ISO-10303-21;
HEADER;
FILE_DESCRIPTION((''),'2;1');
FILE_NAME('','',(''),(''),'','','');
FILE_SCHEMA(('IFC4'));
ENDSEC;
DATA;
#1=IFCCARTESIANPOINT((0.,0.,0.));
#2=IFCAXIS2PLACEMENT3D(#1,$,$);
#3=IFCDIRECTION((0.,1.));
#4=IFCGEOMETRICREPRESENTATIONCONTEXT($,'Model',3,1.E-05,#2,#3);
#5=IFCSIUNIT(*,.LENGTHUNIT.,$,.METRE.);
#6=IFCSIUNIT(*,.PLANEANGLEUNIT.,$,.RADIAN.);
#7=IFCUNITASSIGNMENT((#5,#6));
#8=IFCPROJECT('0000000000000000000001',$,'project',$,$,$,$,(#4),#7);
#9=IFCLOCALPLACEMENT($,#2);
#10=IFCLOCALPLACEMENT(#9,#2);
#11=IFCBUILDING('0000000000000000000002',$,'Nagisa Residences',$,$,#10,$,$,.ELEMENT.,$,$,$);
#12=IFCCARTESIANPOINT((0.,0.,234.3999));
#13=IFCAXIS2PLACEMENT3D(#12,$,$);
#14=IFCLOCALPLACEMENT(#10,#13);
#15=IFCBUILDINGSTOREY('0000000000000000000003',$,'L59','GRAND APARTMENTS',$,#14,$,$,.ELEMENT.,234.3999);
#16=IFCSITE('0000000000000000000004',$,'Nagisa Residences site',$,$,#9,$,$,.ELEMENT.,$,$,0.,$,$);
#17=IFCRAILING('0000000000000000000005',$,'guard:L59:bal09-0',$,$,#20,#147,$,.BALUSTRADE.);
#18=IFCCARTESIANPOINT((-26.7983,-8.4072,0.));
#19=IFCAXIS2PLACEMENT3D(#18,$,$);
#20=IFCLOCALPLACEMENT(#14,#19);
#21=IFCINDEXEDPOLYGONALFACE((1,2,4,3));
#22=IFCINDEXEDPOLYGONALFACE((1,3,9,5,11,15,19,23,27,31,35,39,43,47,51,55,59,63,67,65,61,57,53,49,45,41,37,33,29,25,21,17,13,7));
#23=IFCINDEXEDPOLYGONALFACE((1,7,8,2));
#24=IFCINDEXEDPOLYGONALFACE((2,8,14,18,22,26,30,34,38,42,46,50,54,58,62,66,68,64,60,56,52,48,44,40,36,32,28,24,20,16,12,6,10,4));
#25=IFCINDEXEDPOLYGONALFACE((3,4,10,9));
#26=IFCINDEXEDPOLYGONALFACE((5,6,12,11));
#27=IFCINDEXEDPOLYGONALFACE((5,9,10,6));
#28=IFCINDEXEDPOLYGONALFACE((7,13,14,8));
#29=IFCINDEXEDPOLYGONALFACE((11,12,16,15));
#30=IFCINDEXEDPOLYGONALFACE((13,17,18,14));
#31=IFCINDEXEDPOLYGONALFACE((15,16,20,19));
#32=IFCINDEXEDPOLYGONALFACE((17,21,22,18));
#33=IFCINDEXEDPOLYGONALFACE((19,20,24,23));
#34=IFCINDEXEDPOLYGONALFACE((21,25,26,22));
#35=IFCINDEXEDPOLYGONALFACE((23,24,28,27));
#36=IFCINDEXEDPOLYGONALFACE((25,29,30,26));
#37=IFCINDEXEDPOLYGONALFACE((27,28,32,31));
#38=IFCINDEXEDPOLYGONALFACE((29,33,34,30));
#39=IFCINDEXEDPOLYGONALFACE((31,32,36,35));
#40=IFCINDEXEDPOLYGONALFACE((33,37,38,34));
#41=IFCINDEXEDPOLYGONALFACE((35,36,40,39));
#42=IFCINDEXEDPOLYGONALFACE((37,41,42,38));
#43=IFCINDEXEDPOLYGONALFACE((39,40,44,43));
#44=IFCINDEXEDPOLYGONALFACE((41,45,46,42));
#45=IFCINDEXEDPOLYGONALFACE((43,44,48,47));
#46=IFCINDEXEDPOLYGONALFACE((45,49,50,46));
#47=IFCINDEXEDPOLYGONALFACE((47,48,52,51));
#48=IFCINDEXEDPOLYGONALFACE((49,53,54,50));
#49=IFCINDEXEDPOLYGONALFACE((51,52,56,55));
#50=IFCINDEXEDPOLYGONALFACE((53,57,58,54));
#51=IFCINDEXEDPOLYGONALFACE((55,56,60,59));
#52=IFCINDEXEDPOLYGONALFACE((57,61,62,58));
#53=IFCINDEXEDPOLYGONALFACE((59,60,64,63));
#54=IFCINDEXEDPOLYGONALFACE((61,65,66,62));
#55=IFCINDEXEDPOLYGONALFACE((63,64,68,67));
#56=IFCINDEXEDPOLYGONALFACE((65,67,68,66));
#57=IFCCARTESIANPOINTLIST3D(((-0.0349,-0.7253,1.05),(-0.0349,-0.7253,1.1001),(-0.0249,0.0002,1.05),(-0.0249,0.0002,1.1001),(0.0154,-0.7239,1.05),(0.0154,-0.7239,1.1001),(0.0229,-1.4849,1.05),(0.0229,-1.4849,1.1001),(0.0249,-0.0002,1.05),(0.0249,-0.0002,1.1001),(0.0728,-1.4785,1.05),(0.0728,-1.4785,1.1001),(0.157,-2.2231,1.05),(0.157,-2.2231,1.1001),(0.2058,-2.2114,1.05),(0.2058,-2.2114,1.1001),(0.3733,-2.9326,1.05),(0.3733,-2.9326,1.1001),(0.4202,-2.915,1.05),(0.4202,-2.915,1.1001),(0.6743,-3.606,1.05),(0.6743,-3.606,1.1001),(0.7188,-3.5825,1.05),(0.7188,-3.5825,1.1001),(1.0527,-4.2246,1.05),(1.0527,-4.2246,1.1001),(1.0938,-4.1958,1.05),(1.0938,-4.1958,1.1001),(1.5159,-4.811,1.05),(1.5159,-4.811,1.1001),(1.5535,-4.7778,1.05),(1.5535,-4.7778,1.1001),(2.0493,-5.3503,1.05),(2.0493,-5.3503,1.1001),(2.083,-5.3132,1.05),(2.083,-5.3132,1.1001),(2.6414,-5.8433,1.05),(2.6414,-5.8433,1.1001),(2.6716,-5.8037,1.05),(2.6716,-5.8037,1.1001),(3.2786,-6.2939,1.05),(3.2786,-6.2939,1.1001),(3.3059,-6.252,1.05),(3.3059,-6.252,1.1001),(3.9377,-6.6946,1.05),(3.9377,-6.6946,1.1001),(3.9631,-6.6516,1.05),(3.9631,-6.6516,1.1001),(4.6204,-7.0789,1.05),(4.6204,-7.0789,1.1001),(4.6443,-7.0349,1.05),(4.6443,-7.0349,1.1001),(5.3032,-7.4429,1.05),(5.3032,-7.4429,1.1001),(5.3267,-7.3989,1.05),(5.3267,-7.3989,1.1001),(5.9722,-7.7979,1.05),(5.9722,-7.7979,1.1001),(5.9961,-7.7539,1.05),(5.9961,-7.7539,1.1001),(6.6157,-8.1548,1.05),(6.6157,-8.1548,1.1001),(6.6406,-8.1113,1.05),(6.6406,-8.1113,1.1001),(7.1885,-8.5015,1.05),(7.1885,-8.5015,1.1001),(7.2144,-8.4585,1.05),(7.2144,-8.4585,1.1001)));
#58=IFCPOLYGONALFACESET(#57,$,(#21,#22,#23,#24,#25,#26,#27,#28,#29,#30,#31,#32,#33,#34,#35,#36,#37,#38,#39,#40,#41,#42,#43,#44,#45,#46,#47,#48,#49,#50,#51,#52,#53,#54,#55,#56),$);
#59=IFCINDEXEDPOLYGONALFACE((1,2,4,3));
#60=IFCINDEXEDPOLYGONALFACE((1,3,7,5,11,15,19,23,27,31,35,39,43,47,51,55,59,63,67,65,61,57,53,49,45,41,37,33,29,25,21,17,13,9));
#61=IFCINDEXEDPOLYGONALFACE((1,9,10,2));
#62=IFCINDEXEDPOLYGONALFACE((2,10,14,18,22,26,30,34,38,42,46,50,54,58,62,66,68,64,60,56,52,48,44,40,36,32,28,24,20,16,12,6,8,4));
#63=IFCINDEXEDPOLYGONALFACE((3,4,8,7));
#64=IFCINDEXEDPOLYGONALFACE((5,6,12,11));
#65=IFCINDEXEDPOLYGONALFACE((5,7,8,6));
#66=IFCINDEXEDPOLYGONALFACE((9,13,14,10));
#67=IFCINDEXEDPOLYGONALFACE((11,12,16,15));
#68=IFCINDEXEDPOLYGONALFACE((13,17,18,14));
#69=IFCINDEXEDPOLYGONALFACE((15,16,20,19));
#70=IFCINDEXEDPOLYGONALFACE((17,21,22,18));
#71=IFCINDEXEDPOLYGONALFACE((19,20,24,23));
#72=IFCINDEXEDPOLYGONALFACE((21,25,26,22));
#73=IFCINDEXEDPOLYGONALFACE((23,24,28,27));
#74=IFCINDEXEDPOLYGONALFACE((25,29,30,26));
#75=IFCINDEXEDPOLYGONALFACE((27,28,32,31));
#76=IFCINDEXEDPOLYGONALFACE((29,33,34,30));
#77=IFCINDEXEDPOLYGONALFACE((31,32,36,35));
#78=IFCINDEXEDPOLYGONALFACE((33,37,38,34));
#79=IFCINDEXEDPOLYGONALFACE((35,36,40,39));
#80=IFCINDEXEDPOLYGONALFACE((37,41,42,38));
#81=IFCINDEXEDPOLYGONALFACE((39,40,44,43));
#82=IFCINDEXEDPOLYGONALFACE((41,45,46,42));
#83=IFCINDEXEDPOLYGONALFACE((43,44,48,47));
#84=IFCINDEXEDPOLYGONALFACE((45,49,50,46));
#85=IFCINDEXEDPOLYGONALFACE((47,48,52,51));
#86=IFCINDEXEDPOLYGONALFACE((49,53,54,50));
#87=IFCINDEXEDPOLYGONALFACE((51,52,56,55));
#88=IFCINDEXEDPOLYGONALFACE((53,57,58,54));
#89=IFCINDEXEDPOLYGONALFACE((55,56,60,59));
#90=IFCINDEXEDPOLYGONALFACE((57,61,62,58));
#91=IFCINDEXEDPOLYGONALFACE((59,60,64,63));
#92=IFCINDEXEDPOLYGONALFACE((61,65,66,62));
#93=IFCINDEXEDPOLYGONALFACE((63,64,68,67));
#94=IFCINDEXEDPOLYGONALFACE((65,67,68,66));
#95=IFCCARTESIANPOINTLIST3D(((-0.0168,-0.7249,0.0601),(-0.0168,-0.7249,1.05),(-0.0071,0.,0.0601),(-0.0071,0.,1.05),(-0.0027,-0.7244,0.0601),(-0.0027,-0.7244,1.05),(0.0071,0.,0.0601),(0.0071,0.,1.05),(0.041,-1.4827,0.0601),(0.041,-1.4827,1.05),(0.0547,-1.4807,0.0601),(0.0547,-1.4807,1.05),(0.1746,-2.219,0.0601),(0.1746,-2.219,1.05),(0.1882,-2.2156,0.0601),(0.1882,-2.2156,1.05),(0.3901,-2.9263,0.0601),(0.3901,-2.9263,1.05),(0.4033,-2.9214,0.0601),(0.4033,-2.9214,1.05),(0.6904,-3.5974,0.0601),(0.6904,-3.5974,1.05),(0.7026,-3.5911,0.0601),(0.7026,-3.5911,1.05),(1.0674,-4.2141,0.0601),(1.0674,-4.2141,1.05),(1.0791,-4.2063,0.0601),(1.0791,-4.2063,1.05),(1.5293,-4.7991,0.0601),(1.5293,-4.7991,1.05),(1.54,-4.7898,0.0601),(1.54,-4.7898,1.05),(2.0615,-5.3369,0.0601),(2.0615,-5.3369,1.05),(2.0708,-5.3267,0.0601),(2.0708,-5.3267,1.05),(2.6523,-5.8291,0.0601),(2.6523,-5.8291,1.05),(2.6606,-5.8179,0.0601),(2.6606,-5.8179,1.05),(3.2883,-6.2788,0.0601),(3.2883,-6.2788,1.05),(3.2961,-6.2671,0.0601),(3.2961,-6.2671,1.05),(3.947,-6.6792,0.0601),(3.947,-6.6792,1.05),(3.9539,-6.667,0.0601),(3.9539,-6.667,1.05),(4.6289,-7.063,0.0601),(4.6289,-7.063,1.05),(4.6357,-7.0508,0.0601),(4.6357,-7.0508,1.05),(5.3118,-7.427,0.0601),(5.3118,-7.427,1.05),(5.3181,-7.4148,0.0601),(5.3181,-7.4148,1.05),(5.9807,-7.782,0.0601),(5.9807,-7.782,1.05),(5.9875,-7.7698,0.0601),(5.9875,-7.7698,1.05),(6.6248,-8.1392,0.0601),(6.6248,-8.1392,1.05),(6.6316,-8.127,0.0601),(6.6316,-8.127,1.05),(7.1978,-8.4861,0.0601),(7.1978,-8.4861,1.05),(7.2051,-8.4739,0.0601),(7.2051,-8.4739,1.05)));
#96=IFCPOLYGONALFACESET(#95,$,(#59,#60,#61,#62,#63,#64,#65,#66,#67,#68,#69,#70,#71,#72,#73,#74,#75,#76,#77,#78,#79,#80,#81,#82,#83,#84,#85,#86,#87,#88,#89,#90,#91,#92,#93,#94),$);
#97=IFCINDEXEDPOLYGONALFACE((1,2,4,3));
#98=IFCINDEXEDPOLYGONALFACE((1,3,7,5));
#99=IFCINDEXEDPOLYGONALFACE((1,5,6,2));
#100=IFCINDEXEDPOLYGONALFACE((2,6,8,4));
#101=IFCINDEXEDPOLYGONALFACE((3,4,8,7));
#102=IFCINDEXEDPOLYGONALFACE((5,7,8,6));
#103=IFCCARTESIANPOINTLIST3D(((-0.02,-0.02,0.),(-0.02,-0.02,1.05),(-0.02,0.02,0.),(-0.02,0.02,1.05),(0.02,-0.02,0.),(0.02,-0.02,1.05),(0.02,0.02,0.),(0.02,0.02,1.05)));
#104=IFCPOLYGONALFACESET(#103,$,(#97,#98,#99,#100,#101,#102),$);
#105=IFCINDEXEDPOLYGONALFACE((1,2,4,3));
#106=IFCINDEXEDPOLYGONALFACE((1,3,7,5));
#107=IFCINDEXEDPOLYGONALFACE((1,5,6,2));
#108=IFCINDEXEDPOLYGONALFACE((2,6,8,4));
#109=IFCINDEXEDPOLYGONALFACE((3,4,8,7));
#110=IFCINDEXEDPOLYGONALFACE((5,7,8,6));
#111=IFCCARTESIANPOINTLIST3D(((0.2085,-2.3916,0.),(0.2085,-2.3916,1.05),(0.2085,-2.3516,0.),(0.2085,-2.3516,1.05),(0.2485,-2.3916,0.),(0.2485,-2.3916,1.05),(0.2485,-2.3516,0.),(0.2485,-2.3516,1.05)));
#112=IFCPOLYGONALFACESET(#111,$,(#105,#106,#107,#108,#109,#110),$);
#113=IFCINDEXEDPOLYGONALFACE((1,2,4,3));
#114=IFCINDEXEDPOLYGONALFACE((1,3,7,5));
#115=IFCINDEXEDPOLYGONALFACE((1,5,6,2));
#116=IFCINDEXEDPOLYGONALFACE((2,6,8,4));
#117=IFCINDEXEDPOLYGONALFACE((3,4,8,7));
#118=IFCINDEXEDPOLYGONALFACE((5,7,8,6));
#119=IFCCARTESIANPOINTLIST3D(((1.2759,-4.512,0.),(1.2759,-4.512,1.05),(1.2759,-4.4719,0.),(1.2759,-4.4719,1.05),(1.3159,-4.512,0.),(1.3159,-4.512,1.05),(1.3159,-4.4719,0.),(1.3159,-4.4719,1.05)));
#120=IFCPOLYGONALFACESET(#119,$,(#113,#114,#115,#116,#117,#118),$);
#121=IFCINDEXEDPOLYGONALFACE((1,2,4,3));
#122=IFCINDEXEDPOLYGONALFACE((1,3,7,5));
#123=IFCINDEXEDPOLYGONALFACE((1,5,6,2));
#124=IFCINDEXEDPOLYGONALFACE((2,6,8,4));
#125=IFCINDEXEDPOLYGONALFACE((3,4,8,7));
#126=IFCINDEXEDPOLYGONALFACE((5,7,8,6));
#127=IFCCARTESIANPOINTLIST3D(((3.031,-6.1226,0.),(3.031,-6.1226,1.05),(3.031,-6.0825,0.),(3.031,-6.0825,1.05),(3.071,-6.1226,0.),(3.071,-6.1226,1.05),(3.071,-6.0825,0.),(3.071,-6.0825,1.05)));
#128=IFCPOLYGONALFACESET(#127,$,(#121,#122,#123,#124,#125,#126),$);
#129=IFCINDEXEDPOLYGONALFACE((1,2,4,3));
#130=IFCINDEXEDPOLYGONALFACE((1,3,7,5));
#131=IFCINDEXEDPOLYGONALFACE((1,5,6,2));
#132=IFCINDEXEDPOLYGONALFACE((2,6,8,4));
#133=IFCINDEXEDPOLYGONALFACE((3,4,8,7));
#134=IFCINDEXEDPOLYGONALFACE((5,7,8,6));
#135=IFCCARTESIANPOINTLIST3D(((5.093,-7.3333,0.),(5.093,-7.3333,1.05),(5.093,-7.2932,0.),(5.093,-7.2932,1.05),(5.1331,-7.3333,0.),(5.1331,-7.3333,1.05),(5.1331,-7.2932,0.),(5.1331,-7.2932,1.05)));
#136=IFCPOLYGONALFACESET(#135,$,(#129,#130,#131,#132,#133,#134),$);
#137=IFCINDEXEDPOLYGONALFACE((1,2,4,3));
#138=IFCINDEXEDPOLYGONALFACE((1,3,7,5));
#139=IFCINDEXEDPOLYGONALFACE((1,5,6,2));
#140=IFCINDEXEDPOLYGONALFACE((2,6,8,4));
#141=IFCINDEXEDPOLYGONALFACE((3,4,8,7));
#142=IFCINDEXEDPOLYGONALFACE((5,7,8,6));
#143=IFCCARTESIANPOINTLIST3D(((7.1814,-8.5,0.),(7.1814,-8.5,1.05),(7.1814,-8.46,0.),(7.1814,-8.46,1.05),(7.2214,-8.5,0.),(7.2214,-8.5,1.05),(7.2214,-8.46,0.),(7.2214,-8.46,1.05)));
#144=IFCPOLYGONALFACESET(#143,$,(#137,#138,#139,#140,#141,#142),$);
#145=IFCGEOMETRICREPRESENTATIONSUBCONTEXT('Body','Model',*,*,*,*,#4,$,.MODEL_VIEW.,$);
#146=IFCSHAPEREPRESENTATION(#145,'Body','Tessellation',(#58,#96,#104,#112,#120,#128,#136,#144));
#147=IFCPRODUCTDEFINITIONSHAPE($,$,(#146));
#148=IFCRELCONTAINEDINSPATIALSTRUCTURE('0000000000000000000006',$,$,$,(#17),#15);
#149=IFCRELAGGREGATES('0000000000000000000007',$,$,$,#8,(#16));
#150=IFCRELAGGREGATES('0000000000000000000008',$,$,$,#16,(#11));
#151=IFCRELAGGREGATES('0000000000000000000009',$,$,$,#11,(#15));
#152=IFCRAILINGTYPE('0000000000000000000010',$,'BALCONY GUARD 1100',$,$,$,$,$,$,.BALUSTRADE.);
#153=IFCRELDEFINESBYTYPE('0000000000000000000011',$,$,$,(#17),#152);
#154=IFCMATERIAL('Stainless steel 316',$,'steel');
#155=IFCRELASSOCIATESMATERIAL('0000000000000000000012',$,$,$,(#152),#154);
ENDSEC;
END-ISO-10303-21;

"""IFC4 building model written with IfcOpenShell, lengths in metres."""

from ifc_helpers import new_model, si_unit, direction, frame, origin, origin_2d, place, context, subcontext, project, spatial, polyline, rectangle, outline, extrude, material, type_object, element, save


model = new_model("IFC4")

# Units and contexts
model_context = context("Model", 3, precision=1e-05, world=origin(), true_north=direction((0.0, 1.0)))
body_context = subcontext(model_context, "Body", "Model", "MODEL_VIEW")
ifc_project = project(units=[si_unit("LENGTHUNIT", "METRE"), si_unit("PLANEANGLEUNIT", "RADIAN")], contexts=[model_context])

# Site, building, storey
site_placement = place(None, origin())
site = spatial("IfcSite", under=ifc_project, at=site_placement, Name="Nagisa Residences site", CompositionType="ELEMENT", RefElevation=0.0)
building_placement = place(site_placement, origin())
building = spatial("IfcBuilding", under=site, at=building_placement, Name="Nagisa Residences", CompositionType="ELEMENT")
storey_placement = place(building_placement, frame((0.0, 0.0, 234.3999)))
storey = spatial("IfcBuildingStorey", under=building, at=storey_placement, Name="L59", Description="GRAND APARTMENTS", CompositionType="ELEMENT", Elevation=234.3999)

# Railing
ifc_material_1 = material(Name="Stainless steel 316", Category="steel")
railing_type = type_object("IfcRailingType", Name="BALCONY GUARD 1100", PredefinedType="BALUSTRADE", material=ifc_material_1)
railing_placement = place(storey_placement, frame((-26.7983, -8.4072, 0.0)))
element("IfcRailing", 1, at=railing_placement, inside=storey, type_object=railing_type, Name="guard:L59:bal09-0", PredefinedType="BALUSTRADE", context=body_context, shape_type="SweptSolid", body=[
    extrude(outline(polyline([(0.0154, -0.7239), (0.0249, -0.0002), (-0.0249, 0.0002), (-0.0349, -0.7253), (0.0229, -1.4849), (0.157, -2.2231), (0.3733, -2.9326), (0.6743, -3.606), (1.0527, -4.2246), (1.5159, -4.811), (2.0493, -5.3503), (2.6414, -5.8433), (3.2786, -6.2939), (3.9377, -6.6946), (4.6204, -7.0789), (5.3032, -7.4429), (5.9722, -7.7979), (6.6157, -8.1548), (7.1885, -8.5015), (7.2144, -8.4585), (6.6406, -8.1113), (5.9961, -7.7539), (5.3267, -7.3989), (4.6443, -7.0349), (3.9631, -6.6516), (3.3059, -6.252), (2.6716, -5.8037), (2.083, -5.3132), (1.5535, -4.7778), (1.0938, -4.1958), (0.7188, -3.5825), (0.4202, -2.915), (0.2058, -2.2114), (0.0728, -1.4785), (0.0154, -0.7239)])), frame((0.0, 0.0, 1.05)), (0.0, 0.0, 1.0), 0.05),
    extrude(outline(polyline([(-0.0027, -0.7244), (0.0071, 0.0), (-0.0071, 0.0), (-0.0168, -0.7249), (0.041, -1.4827), (0.1746, -2.219), (0.3901, -2.9263), (0.6904, -3.5974), (1.0674, -4.2141), (1.5293, -4.7991), (2.0615, -5.3369), (2.6523, -5.8291), (3.2883, -6.2788), (3.947, -6.6792), (4.6289, -7.063), (5.3118, -7.427), (5.9807, -7.782), (6.6248, -8.1392), (7.1978, -8.4861), (7.2051, -8.4739), (6.6316, -8.127), (5.9875, -7.7698), (5.3181, -7.4148), (4.6357, -7.0508), (3.9539, -6.667), (3.2961, -6.2671), (2.6606, -5.8179), (2.0708, -5.3267), (1.54, -4.7898), (1.0791, -4.2063), (0.7026, -3.5911), (0.4033, -2.9214), (0.1882, -2.2156), (0.0547, -1.4807), (-0.0027, -0.7244)])), frame((0.0, 0.0, 0.0601)), (0.0, 0.0, 1.0), 0.99),
    extrude(rectangle(XDim=0.04, YDim=0.04, at=origin_2d()), origin(), (0.0, 0.0, 1.0), 1.05),
    extrude(rectangle(XDim=0.04, YDim=0.04, at=origin_2d()), frame((0.2285, -2.3716, 0.0)), (0.0, 0.0, 1.0), 1.05),
    extrude(rectangle(XDim=0.04, YDim=0.04, at=origin_2d()), frame((1.2959, -4.4919, 0.0)), (0.0, 0.0, 1.0), 1.05),
    extrude(rectangle(XDim=0.04, YDim=0.04, at=origin_2d()), frame((3.051, -6.1025, 0.0)), (0.0, 0.0, 1.0), 1.05),
    extrude(rectangle(XDim=0.04, YDim=0.04, at=origin_2d()), frame((5.113, -7.3132, 0.0)), (0.0, 0.0, 1.0), 1.05),
    extrude(rectangle(XDim=0.04, YDim=0.04, at=origin_2d()), frame((7.2014, -8.48, 0.0)), (0.0, 0.0, 1.0), 1.05),
])

save(model, "model.ifc")
